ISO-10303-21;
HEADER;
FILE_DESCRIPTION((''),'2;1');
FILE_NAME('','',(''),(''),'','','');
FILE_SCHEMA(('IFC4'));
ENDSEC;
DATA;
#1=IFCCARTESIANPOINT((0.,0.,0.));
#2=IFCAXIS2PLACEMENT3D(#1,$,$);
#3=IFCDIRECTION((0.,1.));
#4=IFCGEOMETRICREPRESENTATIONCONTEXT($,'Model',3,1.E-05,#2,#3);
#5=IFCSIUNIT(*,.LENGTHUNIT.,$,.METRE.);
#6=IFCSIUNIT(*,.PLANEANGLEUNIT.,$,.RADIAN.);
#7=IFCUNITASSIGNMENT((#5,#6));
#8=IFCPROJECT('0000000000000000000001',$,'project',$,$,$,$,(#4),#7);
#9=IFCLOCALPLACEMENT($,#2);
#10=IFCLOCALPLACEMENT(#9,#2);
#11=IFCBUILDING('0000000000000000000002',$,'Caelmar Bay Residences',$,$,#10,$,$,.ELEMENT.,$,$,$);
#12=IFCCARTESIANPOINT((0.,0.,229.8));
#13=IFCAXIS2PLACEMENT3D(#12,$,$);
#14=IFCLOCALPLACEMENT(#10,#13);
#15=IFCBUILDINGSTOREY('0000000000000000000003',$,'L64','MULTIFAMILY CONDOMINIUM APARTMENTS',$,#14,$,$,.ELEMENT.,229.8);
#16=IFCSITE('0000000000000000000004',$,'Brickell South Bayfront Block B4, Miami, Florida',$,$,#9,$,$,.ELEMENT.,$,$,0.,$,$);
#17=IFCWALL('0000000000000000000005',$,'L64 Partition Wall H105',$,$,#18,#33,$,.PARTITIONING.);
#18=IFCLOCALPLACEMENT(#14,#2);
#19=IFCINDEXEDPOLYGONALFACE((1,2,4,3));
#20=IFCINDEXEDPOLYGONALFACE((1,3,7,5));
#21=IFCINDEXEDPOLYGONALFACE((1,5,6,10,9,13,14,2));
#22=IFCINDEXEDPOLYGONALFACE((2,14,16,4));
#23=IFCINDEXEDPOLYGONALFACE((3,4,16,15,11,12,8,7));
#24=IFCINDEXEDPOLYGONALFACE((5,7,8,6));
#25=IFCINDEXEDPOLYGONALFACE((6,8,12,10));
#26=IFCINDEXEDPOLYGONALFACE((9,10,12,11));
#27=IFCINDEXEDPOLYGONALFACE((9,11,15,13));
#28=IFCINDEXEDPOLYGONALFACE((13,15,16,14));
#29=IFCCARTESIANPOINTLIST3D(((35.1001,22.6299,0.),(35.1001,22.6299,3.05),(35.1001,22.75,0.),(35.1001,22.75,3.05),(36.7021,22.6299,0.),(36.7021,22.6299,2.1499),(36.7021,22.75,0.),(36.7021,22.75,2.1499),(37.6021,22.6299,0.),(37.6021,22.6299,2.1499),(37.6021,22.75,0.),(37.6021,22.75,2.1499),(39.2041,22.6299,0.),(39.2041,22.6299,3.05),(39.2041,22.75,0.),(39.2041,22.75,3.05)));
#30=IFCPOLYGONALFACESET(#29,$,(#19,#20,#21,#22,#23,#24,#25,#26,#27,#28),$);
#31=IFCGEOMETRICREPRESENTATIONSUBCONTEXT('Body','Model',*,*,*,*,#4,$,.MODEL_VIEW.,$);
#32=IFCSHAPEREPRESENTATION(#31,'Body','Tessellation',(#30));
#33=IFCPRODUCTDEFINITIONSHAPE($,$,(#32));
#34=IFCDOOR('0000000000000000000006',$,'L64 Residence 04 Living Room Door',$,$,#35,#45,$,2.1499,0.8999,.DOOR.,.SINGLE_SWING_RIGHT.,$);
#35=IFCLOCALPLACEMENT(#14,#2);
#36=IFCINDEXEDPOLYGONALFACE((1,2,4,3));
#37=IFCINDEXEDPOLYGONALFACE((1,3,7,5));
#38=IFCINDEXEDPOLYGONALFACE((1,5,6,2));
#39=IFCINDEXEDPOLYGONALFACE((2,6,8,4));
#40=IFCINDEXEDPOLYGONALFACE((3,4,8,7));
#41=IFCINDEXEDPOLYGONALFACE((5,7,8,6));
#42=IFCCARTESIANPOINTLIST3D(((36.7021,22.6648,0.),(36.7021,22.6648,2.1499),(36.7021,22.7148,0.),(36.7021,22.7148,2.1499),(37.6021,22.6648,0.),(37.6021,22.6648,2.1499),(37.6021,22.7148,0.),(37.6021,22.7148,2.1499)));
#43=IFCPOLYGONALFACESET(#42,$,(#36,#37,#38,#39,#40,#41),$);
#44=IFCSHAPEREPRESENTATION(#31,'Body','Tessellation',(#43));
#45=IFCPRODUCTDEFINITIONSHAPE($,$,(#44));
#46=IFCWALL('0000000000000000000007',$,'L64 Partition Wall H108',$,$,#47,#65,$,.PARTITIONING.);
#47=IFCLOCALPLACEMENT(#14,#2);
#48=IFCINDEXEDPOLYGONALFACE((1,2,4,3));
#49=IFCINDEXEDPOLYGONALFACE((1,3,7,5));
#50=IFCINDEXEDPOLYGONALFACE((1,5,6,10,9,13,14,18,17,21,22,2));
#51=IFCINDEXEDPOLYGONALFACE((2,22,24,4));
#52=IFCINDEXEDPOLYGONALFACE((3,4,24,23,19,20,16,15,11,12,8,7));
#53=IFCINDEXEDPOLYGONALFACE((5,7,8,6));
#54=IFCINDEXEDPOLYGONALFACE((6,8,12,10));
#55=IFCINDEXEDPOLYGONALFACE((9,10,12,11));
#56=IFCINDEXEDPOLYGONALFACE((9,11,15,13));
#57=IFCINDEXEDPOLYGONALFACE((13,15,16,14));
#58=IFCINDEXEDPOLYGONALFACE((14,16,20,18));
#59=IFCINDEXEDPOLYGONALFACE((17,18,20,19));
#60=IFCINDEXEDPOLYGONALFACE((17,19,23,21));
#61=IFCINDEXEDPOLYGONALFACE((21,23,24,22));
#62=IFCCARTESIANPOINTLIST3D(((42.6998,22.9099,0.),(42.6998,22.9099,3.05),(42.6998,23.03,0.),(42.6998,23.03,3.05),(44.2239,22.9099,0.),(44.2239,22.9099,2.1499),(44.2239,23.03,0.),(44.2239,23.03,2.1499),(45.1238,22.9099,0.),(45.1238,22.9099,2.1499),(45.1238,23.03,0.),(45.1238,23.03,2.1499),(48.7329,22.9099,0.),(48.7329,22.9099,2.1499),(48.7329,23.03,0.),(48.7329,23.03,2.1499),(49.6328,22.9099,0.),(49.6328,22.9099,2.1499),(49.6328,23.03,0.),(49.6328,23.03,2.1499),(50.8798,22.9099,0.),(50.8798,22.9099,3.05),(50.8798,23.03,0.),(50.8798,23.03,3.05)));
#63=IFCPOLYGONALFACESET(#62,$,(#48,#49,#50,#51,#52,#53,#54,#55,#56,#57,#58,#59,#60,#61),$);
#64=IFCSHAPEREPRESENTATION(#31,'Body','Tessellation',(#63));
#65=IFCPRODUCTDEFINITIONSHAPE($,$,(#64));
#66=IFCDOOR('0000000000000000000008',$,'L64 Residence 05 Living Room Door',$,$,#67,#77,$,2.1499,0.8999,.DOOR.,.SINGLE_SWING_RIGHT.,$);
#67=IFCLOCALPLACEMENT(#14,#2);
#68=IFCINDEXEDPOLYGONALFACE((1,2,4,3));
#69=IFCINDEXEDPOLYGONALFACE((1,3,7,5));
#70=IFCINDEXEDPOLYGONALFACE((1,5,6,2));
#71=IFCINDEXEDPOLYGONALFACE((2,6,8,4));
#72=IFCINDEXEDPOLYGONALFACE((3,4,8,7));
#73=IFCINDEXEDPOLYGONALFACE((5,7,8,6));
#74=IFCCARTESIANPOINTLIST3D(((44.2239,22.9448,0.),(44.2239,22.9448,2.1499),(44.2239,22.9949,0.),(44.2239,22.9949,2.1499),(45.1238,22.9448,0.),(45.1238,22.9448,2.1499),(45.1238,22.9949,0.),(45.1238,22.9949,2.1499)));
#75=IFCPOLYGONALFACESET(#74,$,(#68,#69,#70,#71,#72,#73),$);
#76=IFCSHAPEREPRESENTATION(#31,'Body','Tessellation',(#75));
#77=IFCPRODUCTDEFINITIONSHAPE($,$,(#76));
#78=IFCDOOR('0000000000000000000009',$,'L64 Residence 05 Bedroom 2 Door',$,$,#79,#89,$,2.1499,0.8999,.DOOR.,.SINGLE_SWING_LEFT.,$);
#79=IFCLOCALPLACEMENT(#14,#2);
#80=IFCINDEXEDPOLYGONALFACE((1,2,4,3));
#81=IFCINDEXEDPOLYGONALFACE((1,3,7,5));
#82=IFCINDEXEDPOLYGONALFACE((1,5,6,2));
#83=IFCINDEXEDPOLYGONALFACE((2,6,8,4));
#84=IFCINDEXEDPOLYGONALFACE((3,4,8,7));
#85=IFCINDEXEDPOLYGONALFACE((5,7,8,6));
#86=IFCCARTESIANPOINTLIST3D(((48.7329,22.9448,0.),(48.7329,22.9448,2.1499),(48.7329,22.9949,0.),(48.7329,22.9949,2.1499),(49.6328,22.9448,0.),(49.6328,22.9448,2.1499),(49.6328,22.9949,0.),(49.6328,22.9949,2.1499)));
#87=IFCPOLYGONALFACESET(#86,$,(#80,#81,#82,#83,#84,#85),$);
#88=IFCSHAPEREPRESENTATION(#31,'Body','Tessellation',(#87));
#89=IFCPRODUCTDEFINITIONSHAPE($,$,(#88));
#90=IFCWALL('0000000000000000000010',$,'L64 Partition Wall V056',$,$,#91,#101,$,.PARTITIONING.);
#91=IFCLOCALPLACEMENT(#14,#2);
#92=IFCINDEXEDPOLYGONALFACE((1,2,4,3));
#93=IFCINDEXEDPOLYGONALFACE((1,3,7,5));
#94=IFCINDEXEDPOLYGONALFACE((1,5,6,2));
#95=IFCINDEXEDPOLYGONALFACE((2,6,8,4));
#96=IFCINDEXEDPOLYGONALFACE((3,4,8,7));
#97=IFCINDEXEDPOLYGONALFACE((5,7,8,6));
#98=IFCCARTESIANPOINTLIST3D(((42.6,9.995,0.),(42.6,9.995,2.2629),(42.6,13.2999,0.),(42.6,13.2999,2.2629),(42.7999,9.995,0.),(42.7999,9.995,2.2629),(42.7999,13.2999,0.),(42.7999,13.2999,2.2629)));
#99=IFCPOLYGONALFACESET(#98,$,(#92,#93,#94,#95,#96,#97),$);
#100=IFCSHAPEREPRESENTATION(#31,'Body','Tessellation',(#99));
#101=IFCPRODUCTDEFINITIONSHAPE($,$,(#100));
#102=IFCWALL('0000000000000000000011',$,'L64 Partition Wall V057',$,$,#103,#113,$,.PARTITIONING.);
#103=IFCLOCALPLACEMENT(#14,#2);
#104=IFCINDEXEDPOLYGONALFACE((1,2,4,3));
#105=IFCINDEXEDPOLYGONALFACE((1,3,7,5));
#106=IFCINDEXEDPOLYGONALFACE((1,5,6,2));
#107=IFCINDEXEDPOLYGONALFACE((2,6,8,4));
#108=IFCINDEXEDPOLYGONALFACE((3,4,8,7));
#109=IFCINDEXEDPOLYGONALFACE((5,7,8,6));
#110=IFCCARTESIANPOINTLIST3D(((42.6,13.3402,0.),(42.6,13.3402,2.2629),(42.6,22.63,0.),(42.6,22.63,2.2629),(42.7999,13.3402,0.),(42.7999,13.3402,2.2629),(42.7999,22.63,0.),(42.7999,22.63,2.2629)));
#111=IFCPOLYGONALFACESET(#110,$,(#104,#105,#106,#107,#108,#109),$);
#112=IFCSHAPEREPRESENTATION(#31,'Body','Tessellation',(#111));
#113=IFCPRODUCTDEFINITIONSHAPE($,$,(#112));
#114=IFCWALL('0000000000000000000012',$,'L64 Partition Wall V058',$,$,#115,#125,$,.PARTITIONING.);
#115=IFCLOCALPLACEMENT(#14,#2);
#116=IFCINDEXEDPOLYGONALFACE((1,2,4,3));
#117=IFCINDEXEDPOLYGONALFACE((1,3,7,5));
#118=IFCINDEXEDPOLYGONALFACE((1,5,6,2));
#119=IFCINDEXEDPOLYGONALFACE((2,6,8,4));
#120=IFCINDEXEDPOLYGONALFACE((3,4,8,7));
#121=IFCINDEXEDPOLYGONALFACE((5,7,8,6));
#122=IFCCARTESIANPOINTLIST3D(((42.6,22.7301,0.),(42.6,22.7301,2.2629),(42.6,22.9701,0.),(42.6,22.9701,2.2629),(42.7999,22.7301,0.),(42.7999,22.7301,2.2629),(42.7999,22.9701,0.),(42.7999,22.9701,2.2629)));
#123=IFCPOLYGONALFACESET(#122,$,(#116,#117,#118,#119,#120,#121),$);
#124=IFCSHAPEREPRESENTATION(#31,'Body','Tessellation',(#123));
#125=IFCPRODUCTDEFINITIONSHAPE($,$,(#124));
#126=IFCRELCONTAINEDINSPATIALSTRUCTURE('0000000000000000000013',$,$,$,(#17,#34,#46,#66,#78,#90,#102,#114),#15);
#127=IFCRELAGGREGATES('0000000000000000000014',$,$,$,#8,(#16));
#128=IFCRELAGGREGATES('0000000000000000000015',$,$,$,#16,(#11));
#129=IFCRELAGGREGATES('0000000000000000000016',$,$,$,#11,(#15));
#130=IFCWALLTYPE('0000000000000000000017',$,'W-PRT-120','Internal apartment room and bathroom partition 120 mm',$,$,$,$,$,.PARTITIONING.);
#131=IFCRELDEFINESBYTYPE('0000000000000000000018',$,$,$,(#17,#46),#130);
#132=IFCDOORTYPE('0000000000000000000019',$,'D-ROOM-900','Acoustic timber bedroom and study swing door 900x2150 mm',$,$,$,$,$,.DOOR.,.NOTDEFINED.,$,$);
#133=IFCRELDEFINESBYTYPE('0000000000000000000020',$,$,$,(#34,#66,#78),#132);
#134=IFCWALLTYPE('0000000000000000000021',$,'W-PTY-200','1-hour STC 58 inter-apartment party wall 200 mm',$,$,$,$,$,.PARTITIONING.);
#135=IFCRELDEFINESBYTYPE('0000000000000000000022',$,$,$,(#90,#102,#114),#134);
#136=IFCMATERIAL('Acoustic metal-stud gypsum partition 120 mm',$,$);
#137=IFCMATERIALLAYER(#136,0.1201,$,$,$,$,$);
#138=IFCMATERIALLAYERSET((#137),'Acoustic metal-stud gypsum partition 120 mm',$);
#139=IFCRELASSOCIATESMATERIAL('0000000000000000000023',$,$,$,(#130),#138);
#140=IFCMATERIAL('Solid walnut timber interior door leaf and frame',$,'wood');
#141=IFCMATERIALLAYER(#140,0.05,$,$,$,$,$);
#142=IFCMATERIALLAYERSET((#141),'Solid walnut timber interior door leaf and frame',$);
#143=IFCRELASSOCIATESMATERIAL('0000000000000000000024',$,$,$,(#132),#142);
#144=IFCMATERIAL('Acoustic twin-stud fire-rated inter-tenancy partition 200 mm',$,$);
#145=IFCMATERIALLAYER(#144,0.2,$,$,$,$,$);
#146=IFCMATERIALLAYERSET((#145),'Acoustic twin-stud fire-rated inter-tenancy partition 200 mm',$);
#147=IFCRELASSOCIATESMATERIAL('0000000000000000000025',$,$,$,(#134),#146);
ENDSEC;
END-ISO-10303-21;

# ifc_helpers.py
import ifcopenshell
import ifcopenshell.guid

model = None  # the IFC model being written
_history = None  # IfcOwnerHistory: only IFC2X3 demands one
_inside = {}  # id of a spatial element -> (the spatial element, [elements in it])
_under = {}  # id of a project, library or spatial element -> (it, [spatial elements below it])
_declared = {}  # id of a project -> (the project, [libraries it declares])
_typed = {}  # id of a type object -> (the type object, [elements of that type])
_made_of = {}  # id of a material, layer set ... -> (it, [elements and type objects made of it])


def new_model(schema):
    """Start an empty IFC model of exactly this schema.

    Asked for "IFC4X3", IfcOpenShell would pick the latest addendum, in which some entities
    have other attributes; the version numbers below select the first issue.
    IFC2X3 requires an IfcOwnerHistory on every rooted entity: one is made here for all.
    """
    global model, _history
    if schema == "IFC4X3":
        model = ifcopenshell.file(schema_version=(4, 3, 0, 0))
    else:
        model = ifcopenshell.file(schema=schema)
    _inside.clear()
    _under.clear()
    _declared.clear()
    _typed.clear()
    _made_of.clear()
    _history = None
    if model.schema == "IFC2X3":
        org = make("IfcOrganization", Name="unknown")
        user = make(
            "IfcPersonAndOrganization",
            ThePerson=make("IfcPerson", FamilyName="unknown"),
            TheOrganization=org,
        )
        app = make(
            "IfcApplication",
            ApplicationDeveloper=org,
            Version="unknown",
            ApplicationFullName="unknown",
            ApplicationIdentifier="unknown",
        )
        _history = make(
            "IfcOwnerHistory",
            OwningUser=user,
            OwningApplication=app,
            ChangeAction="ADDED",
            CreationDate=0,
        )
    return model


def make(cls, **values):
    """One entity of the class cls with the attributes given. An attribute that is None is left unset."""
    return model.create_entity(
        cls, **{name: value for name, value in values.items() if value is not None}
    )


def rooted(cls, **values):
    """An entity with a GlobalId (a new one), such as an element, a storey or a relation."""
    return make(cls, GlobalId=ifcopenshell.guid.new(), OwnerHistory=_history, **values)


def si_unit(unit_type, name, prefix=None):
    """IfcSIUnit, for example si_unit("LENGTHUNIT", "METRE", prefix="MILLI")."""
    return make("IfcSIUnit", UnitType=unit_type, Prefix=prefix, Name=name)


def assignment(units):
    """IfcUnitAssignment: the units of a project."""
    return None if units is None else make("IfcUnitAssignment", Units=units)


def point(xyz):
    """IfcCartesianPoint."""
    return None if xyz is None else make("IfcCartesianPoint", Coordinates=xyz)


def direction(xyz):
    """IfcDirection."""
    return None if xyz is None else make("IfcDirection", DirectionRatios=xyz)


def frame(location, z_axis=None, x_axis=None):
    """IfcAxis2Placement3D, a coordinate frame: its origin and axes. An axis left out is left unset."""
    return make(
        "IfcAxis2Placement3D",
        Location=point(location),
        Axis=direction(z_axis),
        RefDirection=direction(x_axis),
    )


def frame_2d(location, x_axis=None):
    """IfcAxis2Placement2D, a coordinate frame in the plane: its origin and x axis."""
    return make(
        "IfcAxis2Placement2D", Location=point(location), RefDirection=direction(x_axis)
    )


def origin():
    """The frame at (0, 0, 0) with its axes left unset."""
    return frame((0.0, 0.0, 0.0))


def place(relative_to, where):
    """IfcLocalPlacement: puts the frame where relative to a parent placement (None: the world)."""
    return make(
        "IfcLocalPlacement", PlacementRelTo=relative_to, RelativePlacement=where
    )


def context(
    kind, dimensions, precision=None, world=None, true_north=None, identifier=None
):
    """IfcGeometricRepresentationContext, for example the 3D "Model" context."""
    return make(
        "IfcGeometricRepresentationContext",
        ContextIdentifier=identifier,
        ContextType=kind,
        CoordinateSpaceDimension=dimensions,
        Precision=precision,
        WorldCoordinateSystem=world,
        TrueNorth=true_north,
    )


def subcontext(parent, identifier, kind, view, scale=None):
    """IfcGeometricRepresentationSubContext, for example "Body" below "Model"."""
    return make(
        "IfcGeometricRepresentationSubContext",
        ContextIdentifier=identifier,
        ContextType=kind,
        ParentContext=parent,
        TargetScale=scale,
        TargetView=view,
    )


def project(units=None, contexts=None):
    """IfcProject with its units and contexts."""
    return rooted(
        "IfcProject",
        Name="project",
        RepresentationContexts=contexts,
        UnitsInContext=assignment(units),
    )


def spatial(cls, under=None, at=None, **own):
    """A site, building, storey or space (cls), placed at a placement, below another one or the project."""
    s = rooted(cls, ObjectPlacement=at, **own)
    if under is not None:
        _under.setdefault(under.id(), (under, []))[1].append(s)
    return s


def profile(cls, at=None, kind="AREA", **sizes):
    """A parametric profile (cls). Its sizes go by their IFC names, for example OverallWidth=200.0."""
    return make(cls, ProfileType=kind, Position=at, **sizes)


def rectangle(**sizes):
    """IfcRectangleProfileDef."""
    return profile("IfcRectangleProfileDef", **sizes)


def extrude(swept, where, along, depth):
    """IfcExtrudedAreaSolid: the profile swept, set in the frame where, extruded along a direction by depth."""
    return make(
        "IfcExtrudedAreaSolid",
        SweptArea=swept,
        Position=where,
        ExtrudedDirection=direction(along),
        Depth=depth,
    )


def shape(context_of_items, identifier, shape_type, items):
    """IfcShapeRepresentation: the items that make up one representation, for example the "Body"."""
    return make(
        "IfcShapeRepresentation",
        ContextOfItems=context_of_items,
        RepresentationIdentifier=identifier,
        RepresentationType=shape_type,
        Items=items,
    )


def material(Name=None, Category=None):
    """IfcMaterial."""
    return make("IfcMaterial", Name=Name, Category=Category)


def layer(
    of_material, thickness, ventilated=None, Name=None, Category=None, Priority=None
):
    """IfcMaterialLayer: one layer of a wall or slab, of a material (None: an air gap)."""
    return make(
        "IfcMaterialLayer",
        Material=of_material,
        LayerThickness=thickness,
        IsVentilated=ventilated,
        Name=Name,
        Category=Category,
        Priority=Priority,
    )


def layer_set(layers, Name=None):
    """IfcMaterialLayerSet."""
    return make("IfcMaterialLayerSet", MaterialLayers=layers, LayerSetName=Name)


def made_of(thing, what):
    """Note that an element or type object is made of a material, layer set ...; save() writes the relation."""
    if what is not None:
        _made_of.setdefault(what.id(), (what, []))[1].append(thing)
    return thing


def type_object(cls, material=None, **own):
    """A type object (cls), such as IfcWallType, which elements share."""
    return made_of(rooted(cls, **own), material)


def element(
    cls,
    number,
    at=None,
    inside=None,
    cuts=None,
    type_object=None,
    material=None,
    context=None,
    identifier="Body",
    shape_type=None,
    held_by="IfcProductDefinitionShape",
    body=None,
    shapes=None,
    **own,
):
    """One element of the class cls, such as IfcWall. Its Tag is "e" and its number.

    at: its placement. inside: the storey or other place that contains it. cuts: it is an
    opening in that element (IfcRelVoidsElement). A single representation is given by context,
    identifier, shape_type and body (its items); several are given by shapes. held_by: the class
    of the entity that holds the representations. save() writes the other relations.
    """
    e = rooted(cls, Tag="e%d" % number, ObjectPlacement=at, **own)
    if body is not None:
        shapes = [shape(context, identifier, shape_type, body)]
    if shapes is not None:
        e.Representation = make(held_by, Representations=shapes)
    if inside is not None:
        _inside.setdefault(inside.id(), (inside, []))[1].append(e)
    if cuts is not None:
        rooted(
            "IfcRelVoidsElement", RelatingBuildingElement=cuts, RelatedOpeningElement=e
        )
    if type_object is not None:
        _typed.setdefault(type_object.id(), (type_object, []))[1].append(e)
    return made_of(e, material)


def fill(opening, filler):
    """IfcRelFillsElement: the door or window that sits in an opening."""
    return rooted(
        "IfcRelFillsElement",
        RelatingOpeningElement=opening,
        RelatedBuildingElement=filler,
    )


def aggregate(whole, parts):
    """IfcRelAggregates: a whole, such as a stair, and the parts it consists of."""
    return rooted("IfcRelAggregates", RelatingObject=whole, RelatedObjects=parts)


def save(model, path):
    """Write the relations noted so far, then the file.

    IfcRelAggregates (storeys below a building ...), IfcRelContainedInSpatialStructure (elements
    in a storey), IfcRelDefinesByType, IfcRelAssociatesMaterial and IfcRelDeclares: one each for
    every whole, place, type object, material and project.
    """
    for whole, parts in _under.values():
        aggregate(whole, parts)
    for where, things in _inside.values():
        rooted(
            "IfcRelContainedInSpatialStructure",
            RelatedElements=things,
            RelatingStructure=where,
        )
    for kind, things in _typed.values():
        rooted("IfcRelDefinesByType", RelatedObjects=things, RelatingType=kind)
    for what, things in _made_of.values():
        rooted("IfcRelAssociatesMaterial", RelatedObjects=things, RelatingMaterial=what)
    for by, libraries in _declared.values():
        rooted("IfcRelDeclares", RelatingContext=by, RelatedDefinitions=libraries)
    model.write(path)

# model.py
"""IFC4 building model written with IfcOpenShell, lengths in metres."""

from ifc_helpers import new_model, si_unit, direction, frame, frame_2d, origin, place, context, subcontext, project, spatial, rectangle, extrude, material, layer, layer_set, type_object, element, fill, save


model = new_model("IFC4")

# Units and contexts
model_context = context("Model", 3, precision=1e-05, world=origin(), true_north=direction((0.0, 1.0)))
body_context = subcontext(model_context, "Body", "Model", "MODEL_VIEW")
ifc_project = project(units=[si_unit("LENGTHUNIT", "METRE"), si_unit("PLANEANGLEUNIT", "RADIAN")], contexts=[model_context])

# Site, building, storey
site_placement = place(None, origin())
site = spatial("IfcSite", under=ifc_project, at=site_placement, Name="Brickell South Bayfront Block B4, Miami, Florida", CompositionType="ELEMENT", RefElevation=0.0)
building_placement = place(site_placement, origin())
building = spatial("IfcBuilding", under=site, at=building_placement, Name="Caelmar Bay Residences", CompositionType="ELEMENT")
storey_placement = place(building_placement, frame((0.0, 0.0, 229.8)))
storey = spatial("IfcBuildingStorey", under=building, at=storey_placement, Name="L64", Description="MULTIFAMILY CONDOMINIUM APARTMENTS", CompositionType="ELEMENT", Elevation=229.8)

# Shared definitions
ifc_material_1 = material(Name="Acoustic metal-stud gypsum partition 120 mm")
ifc_layer_1 = layer(ifc_material_1, 0.1201)
ifc_layer_set_1 = layer_set([ifc_layer_1], Name="Acoustic metal-stud gypsum partition 120 mm")
wall_type_1 = type_object("IfcWallType", Name="W-PRT-120", Description="Internal apartment room and bathroom partition 120 mm", PredefinedType="PARTITIONING", material=ifc_layer_set_1)

# Wall, opening, door
wall_1_placement = place(storey_placement, frame((35.1001, 22.6899, 0.0), z_axis=(0.0, 0.0, 1.0), x_axis=(1.0, 0.0, 0.0)))
wall_1 = element("IfcWall", 1, at=wall_1_placement, inside=storey, type_object=wall_type_1, Name="L64 Partition Wall H105", PredefinedType="PARTITIONING", context=body_context, shape_type="SweptSolid", body=[
    extrude(rectangle(XDim=4.104, YDim=0.1201, at=frame_2d((2.052, 0.0))), origin(), (0.0, 0.0, 1.0), 3.05),
])
opening_1_placement = place(wall_1_placement, frame((1.6021, 0.0, 0.0)))
opening_1 = element("IfcOpeningElement", 2, at=opening_1_placement, cuts=wall_1, PredefinedType="OPENING", context=body_context, shape_type="SweptSolid", body=[
    extrude(rectangle(XDim=0.8999, YDim=2.1499, at=frame_2d((0.45, 1.075))), frame((0.0, 0.0701, 0.0), z_axis=(0.0, -1.0, 0.0), x_axis=(1.0, 0.0, 0.0)), (0.0, 0.0, 1.0), 0.1401),
])
ifc_material_2 = material(Name="Solid walnut timber interior door leaf and frame", Category="wood")
ifc_layer_2 = layer(ifc_material_2, 0.05)
ifc_layer_set_2 = layer_set([ifc_layer_2], Name="Solid walnut timber interior door leaf and frame")
door_type = type_object("IfcDoorType", Name="D-ROOM-900", Description="Acoustic timber bedroom and study swing door 900x2150 mm", OperationType="NOTDEFINED", PredefinedType="DOOR", material=ifc_layer_set_2)
door_1_placement = place(opening_1_placement, origin())
door_1 = element("IfcDoor", 3, at=door_1_placement, inside=storey, type_object=door_type, Name="L64 Residence 04 Living Room Door", OperationType="SINGLE_SWING_RIGHT", OverallHeight=2.1499, OverallWidth=0.8999, PredefinedType="DOOR", context=body_context, shape_type="SweptSolid", body=[
    extrude(rectangle(XDim=0.8999, YDim=2.1499, at=frame_2d((0.45, 1.075))), frame((0.0, 0.0249, 0.0), z_axis=(0.0, -1.0, 0.0), x_axis=(1.0, 0.0, 0.0)), (0.0, 0.0, 1.0), 0.05),
])
fill(opening_1, door_1)

# Wall, openings, doors
wall_2_placement = place(storey_placement, frame((42.7, 22.97, 0.0), z_axis=(0.0, 0.0, 1.0), x_axis=(1.0, 0.0, 0.0)))
wall_2 = element("IfcWall", 4, at=wall_2_placement, inside=storey, type_object=wall_type_1, Name="L64 Partition Wall H108", PredefinedType="PARTITIONING", context=body_context, shape_type="SweptSolid", body=[
    extrude(rectangle(XDim=8.1799, YDim=0.1201, at=frame_2d((4.0898, 0.0))), origin(), (0.0, 0.0, 1.0), 3.05),
])
opening_2_placement = place(wall_2_placement, frame((1.5239, 0.0, 0.0)))
opening_2 = element("IfcOpeningElement", 5, at=opening_2_placement, cuts=wall_2, PredefinedType="OPENING", context=body_context, shape_type="SweptSolid", body=[
    extrude(rectangle(XDim=0.8999, YDim=2.1499, at=frame_2d((0.45, 1.075))), frame((0.0, 0.0701, 0.0), z_axis=(0.0, -1.0, 0.0), x_axis=(1.0, 0.0, 0.0)), (0.0, 0.0, 1.0), 0.1401),
])
opening_3_placement = place(wall_2_placement, frame((6.033, 0.0, 0.0)))
opening_3 = element("IfcOpeningElement", 6, at=opening_3_placement, cuts=wall_2, PredefinedType="OPENING", context=body_context, shape_type="SweptSolid", body=[
    extrude(rectangle(XDim=0.8999, YDim=2.1499, at=frame_2d((0.45, 1.075))), frame((0.0, 0.0701, 0.0), z_axis=(0.0, -1.0, 0.0), x_axis=(1.0, 0.0, 0.0)), (0.0, 0.0, 1.0), 0.1401),
])
door_2_placement = place(opening_2_placement, origin())
door_2 = element("IfcDoor", 7, at=door_2_placement, inside=storey, type_object=door_type, Name="L64 Residence 05 Living Room Door", OperationType="SINGLE_SWING_RIGHT", OverallHeight=2.1499, OverallWidth=0.8999, PredefinedType="DOOR", context=body_context, shape_type="SweptSolid", body=[
    extrude(rectangle(XDim=0.8999, YDim=2.1499, at=frame_2d((0.45, 1.075))), frame((0.0, 0.0249, 0.0), z_axis=(0.0, -1.0, 0.0), x_axis=(1.0, 0.0, 0.0)), (0.0, 0.0, 1.0), 0.05),
])
fill(opening_2, door_2)
door_3_placement = place(opening_3_placement, origin())
door_3 = element("IfcDoor", 8, at=door_3_placement, inside=storey, type_object=door_type, Name="L64 Residence 05 Bedroom 2 Door", OperationType="SINGLE_SWING_LEFT", OverallHeight=2.1499, OverallWidth=0.8999, PredefinedType="DOOR", context=body_context, shape_type="SweptSolid", body=[
    extrude(rectangle(XDim=0.8999, YDim=2.1499, at=frame_2d((0.45, 1.075))), frame((0.0, 0.0249, 0.0), z_axis=(0.0, -1.0, 0.0), x_axis=(1.0, 0.0, 0.0)), (0.0, 0.0, 1.0), 0.05),
])
fill(opening_3, door_3)

# Walls
ifc_material_3 = material(Name="Acoustic twin-stud fire-rated inter-tenancy partition 200 mm")
ifc_layer_3 = layer(ifc_material_3, 0.2)
ifc_layer_set_3 = layer_set([ifc_layer_3], Name="Acoustic twin-stud fire-rated inter-tenancy partition 200 mm")
wall_type_2 = type_object("IfcWallType", Name="W-PTY-200", Description="1-hour STC 58 inter-apartment party wall 200 mm", PredefinedType="PARTITIONING", material=ifc_layer_set_3)
wall_3_placement = place(storey_placement, frame((42.7, 9.9951, 0.0), z_axis=(0.0, 0.0, 1.0), x_axis=(0.0, 1.0, 0.0)))
element("IfcWall", 9, at=wall_3_placement, inside=storey, type_object=wall_type_2, Name="L64 Partition Wall V056", PredefinedType="PARTITIONING", context=body_context, shape_type="SweptSolid", body=[
    extrude(rectangle(XDim=3.3049, YDim=0.2, at=frame_2d((1.6523, 0.0))), origin(), (0.0, 0.0, 1.0), 2.2629),
])
wall_4_placement = place(storey_placement, frame((42.7, 13.3401, 0.0), z_axis=(0.0, 0.0, 1.0), x_axis=(0.0, 1.0, 0.0)))
element("IfcWall", 10, at=wall_4_placement, inside=storey, type_object=wall_type_2, Name="L64 Partition Wall V057", PredefinedType="PARTITIONING", context=body_context, shape_type="SweptSolid", body=[
    extrude(rectangle(XDim=9.2898, YDim=0.2, at=frame_2d((4.645, 0.0))), origin(), (0.0, 0.0, 1.0), 2.2629),
])
wall_5_placement = place(storey_placement, frame((42.7, 22.73, 0.0), z_axis=(0.0, 0.0, 1.0), x_axis=(0.0, 1.0, 0.0)))
element("IfcWall", 11, at=wall_5_placement, inside=storey, type_object=wall_type_2, Name="L64 Partition Wall V058", PredefinedType="PARTITIONING", context=body_context, shape_type="SweptSolid", body=[
    extrude(rectangle(XDim=0.24, YDim=0.2, at=frame_2d((0.1201, 0.0))), origin(), (0.0, 0.0, 1.0), 2.2629),
])

save(model, "model.ifc")
